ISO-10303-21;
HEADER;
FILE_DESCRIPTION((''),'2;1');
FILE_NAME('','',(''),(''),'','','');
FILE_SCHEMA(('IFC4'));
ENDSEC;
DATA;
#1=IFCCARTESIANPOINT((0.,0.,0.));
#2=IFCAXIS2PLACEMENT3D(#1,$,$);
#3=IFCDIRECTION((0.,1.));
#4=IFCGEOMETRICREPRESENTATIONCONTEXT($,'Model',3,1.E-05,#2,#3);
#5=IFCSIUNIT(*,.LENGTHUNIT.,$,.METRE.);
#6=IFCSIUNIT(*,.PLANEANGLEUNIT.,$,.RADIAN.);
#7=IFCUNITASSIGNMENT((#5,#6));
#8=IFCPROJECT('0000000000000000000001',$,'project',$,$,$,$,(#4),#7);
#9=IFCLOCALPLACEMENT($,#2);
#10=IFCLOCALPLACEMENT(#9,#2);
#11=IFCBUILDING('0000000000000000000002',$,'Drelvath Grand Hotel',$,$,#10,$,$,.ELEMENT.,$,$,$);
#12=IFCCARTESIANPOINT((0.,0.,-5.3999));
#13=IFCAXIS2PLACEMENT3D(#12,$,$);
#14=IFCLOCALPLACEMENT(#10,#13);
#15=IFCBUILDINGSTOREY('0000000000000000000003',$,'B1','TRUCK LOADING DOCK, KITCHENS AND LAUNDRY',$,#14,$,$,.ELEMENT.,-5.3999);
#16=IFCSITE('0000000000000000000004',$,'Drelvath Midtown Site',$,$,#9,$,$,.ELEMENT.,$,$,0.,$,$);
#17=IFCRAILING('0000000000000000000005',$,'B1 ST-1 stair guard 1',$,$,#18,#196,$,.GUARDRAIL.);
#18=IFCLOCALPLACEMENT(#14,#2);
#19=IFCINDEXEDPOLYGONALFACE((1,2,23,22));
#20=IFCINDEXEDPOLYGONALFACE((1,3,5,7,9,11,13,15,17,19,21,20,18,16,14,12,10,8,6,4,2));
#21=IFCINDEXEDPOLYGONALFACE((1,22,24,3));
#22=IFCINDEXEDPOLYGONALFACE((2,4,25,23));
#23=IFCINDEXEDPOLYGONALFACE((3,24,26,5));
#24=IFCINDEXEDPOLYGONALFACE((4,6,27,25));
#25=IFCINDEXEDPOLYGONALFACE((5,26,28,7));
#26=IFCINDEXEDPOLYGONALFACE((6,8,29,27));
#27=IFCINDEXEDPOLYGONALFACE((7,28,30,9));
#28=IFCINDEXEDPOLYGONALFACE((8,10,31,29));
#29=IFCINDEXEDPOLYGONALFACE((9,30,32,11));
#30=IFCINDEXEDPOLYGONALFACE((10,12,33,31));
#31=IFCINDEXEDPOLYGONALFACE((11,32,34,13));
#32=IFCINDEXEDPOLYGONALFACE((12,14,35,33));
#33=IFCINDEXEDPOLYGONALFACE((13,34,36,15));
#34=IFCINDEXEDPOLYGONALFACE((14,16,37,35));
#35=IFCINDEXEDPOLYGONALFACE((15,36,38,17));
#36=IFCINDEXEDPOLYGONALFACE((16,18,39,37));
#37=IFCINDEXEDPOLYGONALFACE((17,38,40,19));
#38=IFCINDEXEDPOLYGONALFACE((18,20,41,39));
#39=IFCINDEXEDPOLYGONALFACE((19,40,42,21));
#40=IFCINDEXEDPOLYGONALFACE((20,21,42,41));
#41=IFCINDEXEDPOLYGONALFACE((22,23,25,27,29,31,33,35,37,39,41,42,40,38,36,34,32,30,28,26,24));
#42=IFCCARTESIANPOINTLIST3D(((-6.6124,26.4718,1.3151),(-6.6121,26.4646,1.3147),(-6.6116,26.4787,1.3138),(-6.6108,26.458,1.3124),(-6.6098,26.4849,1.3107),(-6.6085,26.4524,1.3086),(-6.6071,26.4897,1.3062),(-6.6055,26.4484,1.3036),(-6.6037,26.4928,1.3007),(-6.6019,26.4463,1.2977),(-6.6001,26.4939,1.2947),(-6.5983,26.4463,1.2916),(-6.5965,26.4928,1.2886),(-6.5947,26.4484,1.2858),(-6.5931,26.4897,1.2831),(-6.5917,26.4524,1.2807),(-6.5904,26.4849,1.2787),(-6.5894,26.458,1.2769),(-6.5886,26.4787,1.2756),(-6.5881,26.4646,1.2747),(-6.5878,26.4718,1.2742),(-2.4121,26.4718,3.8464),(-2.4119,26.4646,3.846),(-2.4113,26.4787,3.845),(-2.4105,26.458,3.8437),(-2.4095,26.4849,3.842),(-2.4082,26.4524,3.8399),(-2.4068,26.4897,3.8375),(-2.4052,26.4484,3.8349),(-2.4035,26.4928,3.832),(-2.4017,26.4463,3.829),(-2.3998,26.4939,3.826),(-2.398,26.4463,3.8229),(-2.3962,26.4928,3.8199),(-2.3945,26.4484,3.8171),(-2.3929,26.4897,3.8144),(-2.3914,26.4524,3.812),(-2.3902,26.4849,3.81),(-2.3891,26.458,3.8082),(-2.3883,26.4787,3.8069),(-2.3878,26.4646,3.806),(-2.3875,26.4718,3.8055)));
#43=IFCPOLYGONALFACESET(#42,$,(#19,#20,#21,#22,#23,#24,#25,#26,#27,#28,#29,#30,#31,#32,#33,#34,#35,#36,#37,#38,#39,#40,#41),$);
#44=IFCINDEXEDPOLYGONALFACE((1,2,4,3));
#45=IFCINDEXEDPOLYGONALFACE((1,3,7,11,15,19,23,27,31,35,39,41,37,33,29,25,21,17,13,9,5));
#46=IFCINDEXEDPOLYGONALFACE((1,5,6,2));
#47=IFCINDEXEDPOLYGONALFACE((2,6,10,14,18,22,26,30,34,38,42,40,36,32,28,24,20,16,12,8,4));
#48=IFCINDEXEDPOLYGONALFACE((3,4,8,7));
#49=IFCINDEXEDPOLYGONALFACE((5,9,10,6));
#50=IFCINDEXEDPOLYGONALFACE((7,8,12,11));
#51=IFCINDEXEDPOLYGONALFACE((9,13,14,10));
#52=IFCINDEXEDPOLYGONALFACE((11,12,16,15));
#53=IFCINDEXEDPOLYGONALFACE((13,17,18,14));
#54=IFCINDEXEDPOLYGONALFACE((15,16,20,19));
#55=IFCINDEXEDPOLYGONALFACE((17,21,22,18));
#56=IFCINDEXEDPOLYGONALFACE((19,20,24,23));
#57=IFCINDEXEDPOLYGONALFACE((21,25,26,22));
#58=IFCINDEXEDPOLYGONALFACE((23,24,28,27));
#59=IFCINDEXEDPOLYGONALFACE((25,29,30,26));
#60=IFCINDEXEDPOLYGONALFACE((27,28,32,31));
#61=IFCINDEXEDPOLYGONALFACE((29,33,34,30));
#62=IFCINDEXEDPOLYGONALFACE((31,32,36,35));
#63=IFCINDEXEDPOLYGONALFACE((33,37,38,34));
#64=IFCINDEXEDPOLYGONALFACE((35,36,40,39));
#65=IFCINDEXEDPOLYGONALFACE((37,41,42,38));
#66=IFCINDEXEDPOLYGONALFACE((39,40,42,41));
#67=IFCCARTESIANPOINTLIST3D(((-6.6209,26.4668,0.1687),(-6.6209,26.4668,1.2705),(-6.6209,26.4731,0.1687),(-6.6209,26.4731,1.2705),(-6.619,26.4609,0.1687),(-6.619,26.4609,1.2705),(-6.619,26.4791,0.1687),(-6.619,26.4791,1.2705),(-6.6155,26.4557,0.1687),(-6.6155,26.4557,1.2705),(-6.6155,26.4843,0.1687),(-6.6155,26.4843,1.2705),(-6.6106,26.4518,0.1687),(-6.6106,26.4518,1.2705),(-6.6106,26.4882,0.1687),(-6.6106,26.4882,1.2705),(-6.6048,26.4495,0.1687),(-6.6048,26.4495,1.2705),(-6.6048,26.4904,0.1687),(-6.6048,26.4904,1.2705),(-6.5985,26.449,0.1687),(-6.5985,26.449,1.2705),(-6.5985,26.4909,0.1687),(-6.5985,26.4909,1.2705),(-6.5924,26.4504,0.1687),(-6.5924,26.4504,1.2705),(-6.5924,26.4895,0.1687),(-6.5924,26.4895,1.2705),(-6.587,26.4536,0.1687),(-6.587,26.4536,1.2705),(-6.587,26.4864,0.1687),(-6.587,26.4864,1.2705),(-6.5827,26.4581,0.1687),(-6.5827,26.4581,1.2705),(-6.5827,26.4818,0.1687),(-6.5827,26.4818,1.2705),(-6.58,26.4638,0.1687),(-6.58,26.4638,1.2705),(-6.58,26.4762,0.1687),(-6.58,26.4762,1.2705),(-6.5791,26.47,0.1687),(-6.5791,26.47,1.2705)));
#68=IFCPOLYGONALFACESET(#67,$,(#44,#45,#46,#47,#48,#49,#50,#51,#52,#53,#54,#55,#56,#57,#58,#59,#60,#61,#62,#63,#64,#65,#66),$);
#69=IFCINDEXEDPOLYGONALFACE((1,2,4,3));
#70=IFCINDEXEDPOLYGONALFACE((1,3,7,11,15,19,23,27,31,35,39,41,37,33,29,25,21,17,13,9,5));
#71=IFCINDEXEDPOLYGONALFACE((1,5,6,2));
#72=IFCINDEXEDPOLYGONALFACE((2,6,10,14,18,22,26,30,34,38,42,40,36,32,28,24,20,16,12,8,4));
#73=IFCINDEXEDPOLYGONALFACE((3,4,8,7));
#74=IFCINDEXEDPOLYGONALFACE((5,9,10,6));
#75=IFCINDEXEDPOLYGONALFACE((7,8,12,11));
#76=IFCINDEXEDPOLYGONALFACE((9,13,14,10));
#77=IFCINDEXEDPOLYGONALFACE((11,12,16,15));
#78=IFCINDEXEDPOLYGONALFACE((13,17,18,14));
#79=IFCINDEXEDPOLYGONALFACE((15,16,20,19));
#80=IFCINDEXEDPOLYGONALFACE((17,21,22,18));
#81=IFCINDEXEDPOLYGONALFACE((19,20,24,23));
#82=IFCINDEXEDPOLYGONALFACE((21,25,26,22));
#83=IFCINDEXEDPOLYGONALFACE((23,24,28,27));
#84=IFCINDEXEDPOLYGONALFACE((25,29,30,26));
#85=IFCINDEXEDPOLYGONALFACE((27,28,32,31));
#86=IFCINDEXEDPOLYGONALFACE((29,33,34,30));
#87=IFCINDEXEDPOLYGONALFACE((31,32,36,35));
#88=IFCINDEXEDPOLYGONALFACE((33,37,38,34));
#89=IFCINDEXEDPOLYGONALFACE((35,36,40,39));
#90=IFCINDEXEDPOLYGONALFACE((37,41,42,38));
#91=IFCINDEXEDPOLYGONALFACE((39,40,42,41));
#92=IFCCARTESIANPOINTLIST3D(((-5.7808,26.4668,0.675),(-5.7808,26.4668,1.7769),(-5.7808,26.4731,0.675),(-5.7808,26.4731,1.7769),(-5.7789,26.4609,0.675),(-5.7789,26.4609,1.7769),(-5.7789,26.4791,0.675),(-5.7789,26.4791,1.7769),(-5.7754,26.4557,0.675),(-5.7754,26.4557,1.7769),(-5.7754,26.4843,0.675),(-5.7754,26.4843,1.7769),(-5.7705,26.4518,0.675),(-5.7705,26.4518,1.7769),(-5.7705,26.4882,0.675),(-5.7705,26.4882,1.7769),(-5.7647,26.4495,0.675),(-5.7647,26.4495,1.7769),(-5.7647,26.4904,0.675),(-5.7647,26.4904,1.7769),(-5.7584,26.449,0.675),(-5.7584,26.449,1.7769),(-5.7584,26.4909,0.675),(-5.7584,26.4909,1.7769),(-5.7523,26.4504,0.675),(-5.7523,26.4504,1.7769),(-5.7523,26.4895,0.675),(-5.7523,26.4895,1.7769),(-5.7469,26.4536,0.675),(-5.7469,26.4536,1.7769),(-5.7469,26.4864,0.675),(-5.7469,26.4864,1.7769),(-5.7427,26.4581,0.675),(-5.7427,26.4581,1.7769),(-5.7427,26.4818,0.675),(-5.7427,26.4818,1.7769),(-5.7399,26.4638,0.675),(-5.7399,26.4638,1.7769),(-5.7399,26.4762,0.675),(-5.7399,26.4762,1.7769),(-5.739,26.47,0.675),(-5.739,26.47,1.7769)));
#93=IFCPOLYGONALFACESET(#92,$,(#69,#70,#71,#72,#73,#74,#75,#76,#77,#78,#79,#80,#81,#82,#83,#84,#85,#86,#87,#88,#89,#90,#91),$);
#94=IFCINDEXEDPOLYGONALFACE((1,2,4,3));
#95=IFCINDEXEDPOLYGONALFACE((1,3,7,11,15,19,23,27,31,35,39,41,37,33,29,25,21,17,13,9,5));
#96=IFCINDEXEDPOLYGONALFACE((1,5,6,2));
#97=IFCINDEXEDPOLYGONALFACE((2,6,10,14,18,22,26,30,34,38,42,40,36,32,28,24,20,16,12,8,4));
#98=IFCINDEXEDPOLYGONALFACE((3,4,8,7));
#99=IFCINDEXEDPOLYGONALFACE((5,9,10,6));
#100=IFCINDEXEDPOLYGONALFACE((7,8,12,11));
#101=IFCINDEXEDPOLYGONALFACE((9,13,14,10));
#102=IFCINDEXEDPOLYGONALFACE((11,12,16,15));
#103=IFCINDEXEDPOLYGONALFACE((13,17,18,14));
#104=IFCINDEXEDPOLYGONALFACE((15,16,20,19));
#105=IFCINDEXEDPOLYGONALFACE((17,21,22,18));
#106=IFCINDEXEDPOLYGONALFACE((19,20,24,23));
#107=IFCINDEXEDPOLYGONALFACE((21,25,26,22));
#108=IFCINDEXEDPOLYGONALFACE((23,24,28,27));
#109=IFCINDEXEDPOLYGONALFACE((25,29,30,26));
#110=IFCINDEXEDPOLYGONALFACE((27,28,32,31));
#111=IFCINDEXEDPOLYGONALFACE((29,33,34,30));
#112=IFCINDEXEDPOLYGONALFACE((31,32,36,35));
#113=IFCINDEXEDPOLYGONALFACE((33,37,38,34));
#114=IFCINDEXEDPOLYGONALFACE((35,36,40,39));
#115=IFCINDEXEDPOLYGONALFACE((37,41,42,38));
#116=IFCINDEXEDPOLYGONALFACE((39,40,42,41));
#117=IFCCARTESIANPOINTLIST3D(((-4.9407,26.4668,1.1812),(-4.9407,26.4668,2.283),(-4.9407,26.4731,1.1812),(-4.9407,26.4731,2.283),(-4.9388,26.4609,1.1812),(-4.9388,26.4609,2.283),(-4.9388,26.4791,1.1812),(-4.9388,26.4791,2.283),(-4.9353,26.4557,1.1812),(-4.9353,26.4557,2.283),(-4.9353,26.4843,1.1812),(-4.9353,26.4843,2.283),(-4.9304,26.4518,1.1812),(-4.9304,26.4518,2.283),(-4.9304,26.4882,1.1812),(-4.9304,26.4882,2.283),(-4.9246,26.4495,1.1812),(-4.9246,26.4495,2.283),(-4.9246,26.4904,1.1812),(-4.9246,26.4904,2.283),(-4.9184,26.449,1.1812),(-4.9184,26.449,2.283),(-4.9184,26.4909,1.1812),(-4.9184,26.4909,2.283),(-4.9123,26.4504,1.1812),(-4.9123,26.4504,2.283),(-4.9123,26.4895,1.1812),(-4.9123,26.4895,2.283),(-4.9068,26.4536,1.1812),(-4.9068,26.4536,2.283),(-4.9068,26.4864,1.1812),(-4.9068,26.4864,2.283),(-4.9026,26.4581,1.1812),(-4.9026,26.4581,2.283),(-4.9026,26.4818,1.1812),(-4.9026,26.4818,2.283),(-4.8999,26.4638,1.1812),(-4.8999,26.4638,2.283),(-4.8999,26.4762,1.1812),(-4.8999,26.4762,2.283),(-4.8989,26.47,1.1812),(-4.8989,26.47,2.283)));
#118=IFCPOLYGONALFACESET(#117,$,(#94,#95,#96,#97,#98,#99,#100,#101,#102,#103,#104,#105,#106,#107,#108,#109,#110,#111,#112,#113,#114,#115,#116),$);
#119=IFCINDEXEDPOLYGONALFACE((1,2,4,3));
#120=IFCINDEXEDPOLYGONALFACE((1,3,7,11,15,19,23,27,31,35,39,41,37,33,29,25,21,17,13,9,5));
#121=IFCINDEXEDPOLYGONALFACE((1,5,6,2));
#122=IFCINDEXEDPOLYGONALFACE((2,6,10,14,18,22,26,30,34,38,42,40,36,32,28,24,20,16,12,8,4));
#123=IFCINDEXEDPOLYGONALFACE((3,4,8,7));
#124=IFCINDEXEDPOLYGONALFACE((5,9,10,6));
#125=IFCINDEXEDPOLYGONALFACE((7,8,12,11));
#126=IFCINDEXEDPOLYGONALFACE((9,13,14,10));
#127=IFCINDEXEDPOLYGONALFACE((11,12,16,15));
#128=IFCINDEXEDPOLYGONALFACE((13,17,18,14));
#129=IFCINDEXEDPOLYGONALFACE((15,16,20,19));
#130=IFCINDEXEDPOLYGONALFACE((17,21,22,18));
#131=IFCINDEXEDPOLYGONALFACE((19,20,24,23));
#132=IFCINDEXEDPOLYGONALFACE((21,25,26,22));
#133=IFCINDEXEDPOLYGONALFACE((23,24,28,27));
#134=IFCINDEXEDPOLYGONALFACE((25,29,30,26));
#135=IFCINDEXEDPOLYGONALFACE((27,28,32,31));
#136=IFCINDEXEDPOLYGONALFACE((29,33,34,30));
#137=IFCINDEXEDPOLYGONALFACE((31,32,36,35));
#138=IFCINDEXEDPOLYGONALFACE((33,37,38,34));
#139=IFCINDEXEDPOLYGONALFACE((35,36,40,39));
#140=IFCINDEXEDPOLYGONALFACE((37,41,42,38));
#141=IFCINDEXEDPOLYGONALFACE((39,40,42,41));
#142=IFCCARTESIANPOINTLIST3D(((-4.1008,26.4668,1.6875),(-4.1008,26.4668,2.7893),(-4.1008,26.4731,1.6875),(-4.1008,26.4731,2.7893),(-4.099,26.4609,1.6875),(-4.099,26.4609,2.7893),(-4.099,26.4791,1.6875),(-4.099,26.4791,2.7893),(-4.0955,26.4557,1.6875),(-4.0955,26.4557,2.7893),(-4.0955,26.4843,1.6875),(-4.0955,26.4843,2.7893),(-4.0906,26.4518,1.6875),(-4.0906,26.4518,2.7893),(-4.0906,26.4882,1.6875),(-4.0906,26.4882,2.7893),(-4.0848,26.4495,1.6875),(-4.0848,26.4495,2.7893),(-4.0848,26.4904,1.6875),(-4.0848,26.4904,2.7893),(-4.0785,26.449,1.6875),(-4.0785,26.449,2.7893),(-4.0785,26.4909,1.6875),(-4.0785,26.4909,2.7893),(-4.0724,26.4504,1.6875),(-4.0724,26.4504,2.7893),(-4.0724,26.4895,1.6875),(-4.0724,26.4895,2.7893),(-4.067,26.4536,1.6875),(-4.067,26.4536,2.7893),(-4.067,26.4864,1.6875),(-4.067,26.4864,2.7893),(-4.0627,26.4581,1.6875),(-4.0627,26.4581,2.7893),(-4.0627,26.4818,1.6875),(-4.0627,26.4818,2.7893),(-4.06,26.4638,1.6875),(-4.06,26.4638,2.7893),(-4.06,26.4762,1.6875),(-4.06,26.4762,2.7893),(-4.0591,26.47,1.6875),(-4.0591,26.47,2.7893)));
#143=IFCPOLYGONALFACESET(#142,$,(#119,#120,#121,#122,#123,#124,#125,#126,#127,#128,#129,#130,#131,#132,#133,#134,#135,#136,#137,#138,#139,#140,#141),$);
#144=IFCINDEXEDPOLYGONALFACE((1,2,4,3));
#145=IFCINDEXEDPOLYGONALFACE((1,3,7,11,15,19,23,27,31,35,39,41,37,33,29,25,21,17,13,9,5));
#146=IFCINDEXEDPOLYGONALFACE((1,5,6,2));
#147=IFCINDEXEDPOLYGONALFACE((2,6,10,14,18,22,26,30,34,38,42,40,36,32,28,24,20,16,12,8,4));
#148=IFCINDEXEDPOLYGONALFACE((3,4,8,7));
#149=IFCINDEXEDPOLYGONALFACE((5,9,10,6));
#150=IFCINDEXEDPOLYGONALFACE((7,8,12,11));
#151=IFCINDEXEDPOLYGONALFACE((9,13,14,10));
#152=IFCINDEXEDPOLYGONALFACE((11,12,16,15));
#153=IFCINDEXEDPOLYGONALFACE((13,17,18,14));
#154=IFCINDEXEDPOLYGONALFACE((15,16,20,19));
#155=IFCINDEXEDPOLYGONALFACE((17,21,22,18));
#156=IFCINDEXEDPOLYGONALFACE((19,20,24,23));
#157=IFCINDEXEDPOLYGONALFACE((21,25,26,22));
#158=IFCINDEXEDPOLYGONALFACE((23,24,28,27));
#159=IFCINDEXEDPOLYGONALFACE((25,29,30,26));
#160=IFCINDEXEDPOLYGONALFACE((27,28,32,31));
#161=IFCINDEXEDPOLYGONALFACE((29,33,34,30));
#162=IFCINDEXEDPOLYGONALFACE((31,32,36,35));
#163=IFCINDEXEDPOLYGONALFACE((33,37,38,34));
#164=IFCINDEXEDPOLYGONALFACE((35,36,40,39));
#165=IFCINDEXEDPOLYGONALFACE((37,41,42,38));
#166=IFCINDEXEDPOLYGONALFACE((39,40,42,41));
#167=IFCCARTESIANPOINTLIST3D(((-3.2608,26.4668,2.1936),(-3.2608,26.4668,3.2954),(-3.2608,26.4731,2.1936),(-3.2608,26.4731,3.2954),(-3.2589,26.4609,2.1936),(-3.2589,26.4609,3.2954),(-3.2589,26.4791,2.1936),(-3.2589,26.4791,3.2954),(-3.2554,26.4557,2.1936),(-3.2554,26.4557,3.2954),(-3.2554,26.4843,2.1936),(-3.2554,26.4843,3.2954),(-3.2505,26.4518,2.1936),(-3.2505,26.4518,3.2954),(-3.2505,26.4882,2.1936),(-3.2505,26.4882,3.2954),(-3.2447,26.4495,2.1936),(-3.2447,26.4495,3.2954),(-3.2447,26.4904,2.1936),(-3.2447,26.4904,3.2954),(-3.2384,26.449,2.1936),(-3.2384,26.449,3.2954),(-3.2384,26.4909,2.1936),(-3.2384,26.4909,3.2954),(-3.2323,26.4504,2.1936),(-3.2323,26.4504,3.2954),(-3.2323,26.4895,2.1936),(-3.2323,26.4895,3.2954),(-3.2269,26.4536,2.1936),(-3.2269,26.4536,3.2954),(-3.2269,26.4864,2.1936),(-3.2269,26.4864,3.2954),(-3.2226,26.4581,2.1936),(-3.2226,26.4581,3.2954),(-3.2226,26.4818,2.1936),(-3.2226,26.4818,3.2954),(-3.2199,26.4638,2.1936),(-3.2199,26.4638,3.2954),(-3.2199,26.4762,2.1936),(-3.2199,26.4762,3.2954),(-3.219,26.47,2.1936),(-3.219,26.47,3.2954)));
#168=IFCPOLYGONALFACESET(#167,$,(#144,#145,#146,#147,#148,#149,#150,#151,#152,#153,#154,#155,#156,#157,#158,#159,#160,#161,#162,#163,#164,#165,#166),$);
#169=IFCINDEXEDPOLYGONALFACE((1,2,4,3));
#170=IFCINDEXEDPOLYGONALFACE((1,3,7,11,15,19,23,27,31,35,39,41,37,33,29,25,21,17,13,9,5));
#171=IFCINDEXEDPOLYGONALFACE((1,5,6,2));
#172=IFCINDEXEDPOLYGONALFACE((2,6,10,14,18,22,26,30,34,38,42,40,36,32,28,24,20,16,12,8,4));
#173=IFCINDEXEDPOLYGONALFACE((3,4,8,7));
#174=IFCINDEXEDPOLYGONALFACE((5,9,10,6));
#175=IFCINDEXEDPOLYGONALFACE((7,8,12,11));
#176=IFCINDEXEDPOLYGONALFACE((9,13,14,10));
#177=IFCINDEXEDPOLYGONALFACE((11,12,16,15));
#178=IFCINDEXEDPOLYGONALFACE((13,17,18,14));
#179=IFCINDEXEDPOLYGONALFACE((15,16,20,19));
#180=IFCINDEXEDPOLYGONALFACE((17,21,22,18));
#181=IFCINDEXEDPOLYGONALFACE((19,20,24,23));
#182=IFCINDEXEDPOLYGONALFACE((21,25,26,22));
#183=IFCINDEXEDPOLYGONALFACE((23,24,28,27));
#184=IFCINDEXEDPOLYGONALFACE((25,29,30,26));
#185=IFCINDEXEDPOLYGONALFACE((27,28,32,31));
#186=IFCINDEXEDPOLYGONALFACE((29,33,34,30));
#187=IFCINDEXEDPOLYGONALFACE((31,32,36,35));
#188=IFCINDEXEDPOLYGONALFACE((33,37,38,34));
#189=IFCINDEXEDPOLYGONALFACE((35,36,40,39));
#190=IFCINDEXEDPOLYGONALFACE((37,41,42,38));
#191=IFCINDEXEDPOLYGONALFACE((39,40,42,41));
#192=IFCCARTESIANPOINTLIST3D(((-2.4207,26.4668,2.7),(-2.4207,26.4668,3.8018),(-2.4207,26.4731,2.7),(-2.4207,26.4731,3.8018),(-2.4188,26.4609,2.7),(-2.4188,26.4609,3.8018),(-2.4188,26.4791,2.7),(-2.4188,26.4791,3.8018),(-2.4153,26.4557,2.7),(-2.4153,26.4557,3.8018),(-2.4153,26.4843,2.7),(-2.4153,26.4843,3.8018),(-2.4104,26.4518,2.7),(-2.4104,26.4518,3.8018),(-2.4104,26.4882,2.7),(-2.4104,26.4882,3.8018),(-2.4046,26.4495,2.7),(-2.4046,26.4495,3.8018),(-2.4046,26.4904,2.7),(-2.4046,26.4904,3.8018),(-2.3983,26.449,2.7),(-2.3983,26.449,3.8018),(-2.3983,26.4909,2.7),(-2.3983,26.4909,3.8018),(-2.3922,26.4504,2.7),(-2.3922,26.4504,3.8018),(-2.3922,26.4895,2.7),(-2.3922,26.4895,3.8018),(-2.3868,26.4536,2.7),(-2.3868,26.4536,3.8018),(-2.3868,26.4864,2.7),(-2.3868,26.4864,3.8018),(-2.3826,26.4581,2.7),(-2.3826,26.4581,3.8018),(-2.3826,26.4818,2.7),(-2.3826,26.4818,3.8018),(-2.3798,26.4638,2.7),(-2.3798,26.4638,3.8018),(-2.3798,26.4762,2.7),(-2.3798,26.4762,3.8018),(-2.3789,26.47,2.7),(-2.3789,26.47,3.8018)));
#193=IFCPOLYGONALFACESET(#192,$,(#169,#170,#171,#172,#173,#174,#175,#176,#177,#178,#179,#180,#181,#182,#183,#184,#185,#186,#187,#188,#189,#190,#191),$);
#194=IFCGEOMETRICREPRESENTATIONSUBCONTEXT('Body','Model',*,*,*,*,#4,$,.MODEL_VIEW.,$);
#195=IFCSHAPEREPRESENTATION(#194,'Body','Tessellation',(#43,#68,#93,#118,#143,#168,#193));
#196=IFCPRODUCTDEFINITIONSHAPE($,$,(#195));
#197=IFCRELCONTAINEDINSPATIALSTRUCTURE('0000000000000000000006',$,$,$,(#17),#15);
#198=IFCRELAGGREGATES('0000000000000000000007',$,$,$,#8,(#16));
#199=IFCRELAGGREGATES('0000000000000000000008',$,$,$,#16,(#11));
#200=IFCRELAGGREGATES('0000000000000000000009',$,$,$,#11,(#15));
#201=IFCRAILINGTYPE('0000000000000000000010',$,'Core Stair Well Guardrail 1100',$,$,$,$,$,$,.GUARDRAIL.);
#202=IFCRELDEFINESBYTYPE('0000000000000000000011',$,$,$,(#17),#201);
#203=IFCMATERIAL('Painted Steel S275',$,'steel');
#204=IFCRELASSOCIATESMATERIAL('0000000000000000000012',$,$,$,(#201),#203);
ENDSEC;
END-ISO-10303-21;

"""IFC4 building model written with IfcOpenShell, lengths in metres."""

from ifc_helpers import new_model, si_unit, direction, frame, origin, origin_2d, place, context, subcontext, project, spatial, circle, extrude, material, type_object, element, save


model = new_model("IFC4")

# Units and contexts
model_context = context("Model", 3, precision=1e-05, world=origin(), true_north=direction((0.0, 1.0)))
body_context = subcontext(model_context, "Body", "Model", "MODEL_VIEW")
ifc_project = project(units=[si_unit("LENGTHUNIT", "METRE"), si_unit("PLANEANGLEUNIT", "RADIAN")], contexts=[model_context])

# Site, building, storey
site_placement = place(None, origin())
site = spatial("IfcSite", under=ifc_project, at=site_placement, Name="Drelvath Midtown Site", CompositionType="ELEMENT", RefElevation=0.0)
building_placement = place(site_placement, origin())
building = spatial("IfcBuilding", under=site, at=building_placement, Name="Drelvath Grand Hotel", CompositionType="ELEMENT")
storey_placement = place(building_placement, frame((0.0, 0.0, -5.3999)))
storey = spatial("IfcBuildingStorey", under=building, at=storey_placement, Name="B1", Description="TRUCK LOADING DOCK, KITCHENS AND LAUNDRY", CompositionType="ELEMENT", Elevation=-5.3999)

# Shared definitions
ifc_material_1 = material(Name="Painted Steel S275", Category="steel")

# Railing
railing_type_1 = type_object("IfcRailingType", Name="Core Stair Well Guardrail 1100", PredefinedType="GUARDRAIL", material=ifc_material_1)
railing_1_placement = place(storey_placement, frame((-6.6001, 26.47, 0.1687)))
element("IfcRailing", 1, at=railing_1_placement, inside=storey, type_object=railing_type_1, Name="B1 ST-1 stair guard 1", PredefinedType="GUARDRAIL", context=body_context, shape_type="SweptSolid", body=[
    extrude(circle(Radius=0.0239, at=origin_2d()), frame((0.0, 0.0, 1.126), z_axis=(0.85649, 0.0, 0.516164), x_axis=(0.0, 1.0, 0.0)), (0.0, 0.0, 1.0), 4.9041),
    extrude(circle(Radius=0.021, at=origin_2d()), origin(), (0.0, 0.0, 1.0), 1.1018),
    extrude(circle(Radius=0.021, at=origin_2d()), frame((0.8401, 0.0, 0.5063)), (0.0, 0.0, 1.0), 1.1018),
    extrude(circle(Radius=0.021, at=origin_2d()), frame((1.6802, 0.0, 1.0125)), (0.0, 0.0, 1.0), 1.1018),
    extrude(circle(Radius=0.021, at=origin_2d()), frame((2.52, 0.0, 1.5188)), (0.0, 0.0, 1.0), 1.1018),
    extrude(circle(Radius=0.021, at=origin_2d()), frame((3.3601, 0.0, 2.0249)), (0.0, 0.0, 1.0), 1.1018),
    extrude(circle(Radius=0.021, at=origin_2d()), frame((4.2002, 0.0, 2.5312)), (0.0, 0.0, 1.0), 1.1018),
])

save(model, "model.ifc")
